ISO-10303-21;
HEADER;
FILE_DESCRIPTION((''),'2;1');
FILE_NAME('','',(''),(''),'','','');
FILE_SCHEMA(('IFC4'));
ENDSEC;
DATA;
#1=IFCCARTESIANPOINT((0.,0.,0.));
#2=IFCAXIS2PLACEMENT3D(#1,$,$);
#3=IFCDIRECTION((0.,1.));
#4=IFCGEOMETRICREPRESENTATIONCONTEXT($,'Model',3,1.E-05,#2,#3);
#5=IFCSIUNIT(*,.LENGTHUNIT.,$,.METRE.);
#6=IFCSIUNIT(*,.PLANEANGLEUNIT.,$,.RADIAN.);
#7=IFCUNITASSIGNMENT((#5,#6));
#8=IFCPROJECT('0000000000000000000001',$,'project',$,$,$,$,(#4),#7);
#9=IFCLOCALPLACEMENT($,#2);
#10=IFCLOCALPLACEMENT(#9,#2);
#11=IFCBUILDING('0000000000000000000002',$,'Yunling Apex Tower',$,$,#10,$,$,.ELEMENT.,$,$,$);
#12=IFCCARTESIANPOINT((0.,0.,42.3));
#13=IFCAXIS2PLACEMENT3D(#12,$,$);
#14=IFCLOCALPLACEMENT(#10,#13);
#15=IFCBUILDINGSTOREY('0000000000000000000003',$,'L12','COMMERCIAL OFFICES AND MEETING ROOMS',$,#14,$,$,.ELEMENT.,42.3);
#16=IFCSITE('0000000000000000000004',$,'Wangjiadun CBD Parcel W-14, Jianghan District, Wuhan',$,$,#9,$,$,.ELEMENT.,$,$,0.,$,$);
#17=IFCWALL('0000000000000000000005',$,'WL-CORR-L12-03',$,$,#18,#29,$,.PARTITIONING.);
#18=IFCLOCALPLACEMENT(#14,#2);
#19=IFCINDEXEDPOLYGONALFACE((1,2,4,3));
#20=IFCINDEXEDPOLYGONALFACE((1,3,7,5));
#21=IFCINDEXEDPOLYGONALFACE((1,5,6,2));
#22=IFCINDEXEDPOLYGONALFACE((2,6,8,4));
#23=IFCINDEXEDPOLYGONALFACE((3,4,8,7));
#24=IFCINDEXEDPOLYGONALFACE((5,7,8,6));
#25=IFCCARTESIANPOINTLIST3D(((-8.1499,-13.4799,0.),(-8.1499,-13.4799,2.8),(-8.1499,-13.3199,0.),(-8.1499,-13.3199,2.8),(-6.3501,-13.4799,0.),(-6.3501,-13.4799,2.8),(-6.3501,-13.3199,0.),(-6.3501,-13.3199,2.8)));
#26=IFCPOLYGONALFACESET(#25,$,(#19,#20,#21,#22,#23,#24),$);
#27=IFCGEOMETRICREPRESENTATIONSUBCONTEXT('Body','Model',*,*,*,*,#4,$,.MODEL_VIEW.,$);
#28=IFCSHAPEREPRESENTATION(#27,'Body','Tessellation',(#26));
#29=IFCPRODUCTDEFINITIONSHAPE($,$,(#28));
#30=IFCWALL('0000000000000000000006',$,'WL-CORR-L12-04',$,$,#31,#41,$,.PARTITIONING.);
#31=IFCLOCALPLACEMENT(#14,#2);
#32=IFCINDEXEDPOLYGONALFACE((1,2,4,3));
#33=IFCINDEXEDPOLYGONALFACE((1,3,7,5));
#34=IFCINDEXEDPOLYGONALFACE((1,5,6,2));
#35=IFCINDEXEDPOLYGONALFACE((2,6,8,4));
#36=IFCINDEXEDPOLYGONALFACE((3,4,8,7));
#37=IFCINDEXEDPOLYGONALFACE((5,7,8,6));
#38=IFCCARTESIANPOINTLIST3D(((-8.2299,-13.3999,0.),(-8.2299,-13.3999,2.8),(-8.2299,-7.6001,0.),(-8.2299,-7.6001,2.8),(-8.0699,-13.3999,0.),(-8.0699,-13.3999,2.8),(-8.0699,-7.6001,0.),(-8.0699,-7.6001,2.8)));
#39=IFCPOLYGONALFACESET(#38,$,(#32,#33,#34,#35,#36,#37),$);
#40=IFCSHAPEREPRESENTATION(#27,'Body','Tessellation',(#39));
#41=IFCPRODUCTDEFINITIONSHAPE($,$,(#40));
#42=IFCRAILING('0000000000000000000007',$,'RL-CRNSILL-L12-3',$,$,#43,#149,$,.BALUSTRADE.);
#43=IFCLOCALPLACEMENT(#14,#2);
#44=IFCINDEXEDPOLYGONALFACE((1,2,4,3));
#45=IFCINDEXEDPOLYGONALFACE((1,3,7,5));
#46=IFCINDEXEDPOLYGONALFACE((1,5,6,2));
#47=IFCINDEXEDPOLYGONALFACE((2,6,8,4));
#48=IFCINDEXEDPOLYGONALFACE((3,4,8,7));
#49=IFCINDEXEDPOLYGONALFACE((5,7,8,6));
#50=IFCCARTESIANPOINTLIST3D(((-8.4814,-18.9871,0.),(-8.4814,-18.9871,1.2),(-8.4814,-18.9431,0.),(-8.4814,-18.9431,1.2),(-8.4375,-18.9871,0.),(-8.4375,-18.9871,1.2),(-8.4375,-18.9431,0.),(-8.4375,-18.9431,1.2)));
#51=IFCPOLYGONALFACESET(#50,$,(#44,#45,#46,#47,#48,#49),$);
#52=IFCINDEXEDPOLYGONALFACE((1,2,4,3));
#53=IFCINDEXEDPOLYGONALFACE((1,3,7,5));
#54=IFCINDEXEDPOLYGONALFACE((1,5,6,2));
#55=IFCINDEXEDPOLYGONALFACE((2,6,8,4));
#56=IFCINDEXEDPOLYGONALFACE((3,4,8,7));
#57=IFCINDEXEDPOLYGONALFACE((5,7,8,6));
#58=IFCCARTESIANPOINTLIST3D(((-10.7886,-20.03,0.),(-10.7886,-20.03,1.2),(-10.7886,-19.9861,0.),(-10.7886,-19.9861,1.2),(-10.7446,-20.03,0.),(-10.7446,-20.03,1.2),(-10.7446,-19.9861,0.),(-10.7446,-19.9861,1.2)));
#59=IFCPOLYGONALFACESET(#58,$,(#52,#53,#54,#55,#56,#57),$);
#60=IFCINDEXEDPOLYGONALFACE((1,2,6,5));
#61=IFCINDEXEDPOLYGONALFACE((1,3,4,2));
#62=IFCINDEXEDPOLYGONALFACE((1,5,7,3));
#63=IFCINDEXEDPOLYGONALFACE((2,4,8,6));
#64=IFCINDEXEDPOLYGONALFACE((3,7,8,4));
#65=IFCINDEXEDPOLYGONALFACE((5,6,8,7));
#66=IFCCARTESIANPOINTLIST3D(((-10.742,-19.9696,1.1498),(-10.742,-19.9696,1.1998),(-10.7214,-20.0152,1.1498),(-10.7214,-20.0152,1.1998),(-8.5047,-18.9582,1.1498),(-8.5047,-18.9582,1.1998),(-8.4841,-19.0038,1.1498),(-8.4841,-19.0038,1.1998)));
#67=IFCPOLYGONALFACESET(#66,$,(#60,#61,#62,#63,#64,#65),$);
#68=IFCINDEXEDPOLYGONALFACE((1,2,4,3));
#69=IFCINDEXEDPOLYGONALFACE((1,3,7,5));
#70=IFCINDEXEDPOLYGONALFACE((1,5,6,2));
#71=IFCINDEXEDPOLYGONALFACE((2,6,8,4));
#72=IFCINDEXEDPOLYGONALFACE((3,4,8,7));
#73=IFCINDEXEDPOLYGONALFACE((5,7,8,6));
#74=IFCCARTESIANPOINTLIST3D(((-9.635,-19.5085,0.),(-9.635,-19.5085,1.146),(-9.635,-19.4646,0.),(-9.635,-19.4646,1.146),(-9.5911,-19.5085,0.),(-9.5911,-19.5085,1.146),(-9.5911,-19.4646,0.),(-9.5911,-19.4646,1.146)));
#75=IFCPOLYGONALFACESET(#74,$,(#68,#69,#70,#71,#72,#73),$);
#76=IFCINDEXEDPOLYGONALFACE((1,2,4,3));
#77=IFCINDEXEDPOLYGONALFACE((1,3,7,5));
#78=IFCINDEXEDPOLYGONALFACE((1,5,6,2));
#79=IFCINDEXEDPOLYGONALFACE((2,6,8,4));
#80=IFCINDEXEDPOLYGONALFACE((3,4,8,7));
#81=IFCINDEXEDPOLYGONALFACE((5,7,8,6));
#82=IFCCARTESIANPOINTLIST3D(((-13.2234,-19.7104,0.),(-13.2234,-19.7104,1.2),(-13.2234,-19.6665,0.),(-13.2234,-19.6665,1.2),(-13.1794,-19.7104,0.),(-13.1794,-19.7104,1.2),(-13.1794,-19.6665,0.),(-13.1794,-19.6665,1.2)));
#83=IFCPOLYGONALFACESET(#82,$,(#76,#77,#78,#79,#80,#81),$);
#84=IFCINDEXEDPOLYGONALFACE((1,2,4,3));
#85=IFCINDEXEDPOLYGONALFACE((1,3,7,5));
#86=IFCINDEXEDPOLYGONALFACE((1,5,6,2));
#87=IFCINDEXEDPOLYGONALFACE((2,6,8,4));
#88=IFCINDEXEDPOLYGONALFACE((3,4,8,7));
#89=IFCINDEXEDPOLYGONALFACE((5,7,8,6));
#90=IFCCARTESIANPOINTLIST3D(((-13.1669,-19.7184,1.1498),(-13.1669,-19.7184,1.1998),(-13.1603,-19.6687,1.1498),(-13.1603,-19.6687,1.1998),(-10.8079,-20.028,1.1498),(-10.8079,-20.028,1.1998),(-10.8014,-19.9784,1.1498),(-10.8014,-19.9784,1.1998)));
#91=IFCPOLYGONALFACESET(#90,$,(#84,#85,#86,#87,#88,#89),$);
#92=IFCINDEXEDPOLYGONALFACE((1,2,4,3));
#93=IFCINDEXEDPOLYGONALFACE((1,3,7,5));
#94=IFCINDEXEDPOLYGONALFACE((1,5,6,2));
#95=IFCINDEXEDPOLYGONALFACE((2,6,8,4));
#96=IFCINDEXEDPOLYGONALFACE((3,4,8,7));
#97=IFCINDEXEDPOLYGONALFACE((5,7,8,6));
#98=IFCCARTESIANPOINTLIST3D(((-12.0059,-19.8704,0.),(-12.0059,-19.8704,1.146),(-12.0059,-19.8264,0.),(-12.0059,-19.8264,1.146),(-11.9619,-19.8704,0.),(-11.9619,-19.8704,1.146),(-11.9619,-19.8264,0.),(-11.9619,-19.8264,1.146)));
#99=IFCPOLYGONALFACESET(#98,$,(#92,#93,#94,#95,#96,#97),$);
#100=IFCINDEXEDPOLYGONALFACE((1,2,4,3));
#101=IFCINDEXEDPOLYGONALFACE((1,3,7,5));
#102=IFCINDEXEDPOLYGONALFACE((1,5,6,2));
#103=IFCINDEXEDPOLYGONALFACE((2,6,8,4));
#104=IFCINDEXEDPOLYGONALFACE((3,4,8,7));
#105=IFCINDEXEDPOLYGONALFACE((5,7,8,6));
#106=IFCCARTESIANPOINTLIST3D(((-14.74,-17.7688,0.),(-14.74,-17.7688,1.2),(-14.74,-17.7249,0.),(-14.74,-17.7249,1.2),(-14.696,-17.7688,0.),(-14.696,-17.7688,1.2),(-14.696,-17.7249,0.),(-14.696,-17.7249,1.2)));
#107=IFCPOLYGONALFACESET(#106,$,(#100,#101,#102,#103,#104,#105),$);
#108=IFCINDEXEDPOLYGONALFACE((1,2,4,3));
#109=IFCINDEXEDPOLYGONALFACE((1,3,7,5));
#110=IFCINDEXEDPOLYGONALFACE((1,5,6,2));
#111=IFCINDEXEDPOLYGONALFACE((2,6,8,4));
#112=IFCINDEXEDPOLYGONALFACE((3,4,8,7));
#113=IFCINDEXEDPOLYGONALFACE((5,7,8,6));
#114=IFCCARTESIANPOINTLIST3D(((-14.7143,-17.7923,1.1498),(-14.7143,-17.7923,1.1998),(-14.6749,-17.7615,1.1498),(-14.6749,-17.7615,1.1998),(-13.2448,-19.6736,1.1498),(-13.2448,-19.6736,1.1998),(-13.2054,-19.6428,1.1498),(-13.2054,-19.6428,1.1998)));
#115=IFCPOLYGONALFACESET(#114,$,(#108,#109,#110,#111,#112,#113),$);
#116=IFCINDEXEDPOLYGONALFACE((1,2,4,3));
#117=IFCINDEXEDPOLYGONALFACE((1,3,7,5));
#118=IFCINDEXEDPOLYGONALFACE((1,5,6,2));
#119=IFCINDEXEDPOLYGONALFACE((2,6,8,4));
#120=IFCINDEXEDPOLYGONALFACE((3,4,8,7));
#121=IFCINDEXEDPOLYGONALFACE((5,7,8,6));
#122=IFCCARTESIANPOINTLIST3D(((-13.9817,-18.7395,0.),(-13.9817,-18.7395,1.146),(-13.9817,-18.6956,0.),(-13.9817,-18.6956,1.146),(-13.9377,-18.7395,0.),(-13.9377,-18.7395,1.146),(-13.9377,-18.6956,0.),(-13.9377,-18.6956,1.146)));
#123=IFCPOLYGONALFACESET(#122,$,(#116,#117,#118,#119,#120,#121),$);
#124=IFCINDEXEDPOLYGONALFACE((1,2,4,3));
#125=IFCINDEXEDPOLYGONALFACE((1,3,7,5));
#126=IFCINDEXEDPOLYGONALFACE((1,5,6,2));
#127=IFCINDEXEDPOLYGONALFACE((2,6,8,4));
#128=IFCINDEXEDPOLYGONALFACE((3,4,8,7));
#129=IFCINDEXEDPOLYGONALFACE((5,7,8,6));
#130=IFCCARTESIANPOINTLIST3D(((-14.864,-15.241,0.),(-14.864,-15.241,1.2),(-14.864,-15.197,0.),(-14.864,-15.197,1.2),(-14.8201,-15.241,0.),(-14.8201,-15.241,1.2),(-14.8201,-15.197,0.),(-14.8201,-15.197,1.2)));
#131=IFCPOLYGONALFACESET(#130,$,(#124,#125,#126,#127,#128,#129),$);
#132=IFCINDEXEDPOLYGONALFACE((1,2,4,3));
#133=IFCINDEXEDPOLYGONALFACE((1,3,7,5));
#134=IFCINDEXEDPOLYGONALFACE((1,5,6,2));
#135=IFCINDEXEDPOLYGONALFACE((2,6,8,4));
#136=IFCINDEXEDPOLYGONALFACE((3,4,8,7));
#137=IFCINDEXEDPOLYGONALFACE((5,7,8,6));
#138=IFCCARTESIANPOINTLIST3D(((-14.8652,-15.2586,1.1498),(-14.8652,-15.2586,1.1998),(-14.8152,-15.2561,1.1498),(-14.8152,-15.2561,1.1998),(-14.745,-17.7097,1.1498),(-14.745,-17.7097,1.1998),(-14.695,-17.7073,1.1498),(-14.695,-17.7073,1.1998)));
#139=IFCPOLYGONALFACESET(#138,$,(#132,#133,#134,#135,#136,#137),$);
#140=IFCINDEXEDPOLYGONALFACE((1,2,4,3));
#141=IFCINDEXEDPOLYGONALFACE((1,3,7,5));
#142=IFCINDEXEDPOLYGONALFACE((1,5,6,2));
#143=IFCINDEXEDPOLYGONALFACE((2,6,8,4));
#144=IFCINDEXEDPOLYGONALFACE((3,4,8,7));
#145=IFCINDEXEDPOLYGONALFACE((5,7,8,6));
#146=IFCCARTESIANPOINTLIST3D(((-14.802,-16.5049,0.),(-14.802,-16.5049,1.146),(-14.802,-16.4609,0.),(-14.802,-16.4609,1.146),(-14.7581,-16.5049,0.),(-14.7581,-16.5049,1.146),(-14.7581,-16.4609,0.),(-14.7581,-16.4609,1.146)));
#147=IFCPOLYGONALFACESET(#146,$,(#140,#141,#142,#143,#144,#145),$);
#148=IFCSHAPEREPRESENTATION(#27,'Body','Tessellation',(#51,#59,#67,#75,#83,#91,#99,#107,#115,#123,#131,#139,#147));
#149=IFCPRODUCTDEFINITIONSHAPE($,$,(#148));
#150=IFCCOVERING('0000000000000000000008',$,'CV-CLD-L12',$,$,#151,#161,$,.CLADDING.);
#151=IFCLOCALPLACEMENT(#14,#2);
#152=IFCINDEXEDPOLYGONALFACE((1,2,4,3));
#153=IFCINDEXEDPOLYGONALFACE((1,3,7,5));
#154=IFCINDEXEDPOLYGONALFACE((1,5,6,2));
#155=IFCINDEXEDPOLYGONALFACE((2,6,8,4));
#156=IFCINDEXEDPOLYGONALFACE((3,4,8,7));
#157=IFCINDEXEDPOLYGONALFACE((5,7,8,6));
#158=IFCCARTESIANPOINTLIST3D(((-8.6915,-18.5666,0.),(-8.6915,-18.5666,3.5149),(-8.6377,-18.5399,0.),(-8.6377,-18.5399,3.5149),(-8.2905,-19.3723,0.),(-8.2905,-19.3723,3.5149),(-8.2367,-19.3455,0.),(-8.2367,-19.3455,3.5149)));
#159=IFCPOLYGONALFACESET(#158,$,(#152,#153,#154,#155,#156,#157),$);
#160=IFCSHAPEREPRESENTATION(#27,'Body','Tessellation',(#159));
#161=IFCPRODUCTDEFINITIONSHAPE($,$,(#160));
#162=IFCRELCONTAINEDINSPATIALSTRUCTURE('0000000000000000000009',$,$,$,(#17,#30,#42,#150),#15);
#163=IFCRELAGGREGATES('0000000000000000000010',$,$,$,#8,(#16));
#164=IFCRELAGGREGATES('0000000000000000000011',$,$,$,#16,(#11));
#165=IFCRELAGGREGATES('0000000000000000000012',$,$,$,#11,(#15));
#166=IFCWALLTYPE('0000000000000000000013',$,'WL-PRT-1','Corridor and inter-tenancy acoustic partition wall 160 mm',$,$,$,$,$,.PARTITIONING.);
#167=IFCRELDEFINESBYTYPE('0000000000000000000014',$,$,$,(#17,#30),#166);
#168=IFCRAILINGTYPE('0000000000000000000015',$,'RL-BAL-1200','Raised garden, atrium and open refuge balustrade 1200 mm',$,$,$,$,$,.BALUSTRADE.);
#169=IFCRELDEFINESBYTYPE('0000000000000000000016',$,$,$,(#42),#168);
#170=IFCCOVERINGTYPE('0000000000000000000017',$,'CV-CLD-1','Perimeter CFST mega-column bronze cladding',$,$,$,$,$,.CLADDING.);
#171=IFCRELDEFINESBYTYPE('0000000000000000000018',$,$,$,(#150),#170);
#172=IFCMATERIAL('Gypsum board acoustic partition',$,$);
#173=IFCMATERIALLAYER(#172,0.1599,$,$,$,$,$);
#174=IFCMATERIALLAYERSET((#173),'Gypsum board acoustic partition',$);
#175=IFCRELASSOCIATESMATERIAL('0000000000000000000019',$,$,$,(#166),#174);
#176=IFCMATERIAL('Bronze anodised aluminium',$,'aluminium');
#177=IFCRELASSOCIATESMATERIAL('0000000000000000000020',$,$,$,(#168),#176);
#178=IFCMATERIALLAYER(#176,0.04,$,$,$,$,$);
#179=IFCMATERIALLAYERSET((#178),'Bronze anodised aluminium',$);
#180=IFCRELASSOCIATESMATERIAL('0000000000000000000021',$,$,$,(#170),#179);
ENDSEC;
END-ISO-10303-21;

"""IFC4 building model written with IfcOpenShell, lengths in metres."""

from ifc_helpers import new_model, si_unit, direction, frame, frame_2d, origin, origin_2d, place, context, subcontext, project, spatial, rectangle, extrude, source, transform, mapped, material, layer, layer_set, type_object, element, save


model = new_model("IFC4")

# Units and contexts
model_context = context("Model", 3, precision=1e-05, world=origin(), true_north=direction((0.0, 1.0)))
body_context = subcontext(model_context, "Body", "Model", "MODEL_VIEW")
ifc_project = project(units=[si_unit("LENGTHUNIT", "METRE"), si_unit("PLANEANGLEUNIT", "RADIAN")], contexts=[model_context])

# Site, building, storey
site_placement = place(None, origin())
site = spatial("IfcSite", under=ifc_project, at=site_placement, Name="Wangjiadun CBD Parcel W-14, Jianghan District, Wuhan", CompositionType="ELEMENT", RefElevation=0.0)
building_placement = place(site_placement, origin())
building = spatial("IfcBuilding", under=site, at=building_placement, Name="Yunling Apex Tower", CompositionType="ELEMENT")
storey_placement = place(building_placement, frame((0.0, 0.0, 42.3)))
storey = spatial("IfcBuildingStorey", under=building, at=storey_placement, Name="L12", Description="COMMERCIAL OFFICES AND MEETING ROOMS", CompositionType="ELEMENT", Elevation=42.3)

# Shared definitions
ifc_material_1 = material(Name="Bronze anodised aluminium", Category="aluminium")

# Walls
ifc_material_2 = material(Name="Gypsum board acoustic partition")
ifc_layer_1 = layer(ifc_material_2, 0.1599)
ifc_layer_set_1 = layer_set([ifc_layer_1], Name="Gypsum board acoustic partition")
wall_type = type_object("IfcWallType", Name="WL-PRT-1", Description="Corridor and inter-tenancy acoustic partition wall 160 mm", PredefinedType="PARTITIONING", material=ifc_layer_set_1)
wall_1_placement = place(storey_placement, frame((-6.3501, -13.3999, 0.0), z_axis=(0.0, 0.0, 1.0), x_axis=(-1.0, 0.0, 0.0)))
element("IfcWall", 1, at=wall_1_placement, inside=storey, type_object=wall_type, Name="WL-CORR-L12-03", PredefinedType="PARTITIONING", context=body_context, shape_type="SweptSolid", body=[
    extrude(rectangle(XDim=1.7998, YDim=0.1599, at=frame_2d((0.8999, 0.0))), origin(), (0.0, 0.0, 1.0), 2.8),
])
wall_2_placement = place(storey_placement, frame((-8.1499, -13.3999, 0.0), z_axis=(0.0, 0.0, 1.0), x_axis=(0.0, 1.0, 0.0)))
element("IfcWall", 2, at=wall_2_placement, inside=storey, type_object=wall_type, Name="WL-CORR-L12-04", PredefinedType="PARTITIONING", context=body_context, shape_type="SweptSolid", body=[
    extrude(rectangle(XDim=5.7998, YDim=0.1599, at=frame_2d((2.8999, 0.0))), origin(), (0.0, 0.0, 1.0), 2.8),
])

# Railing
railing_type = type_object("IfcRailingType", Name="RL-BAL-1200", Description="Raised garden, atrium and open refuge balustrade 1200 mm", PredefinedType="BALUSTRADE", material=ifc_material_1)
railing_placement = place(storey_placement, frame((-8.4595, -18.9651, 0.0)))
element("IfcRailing", 3, at=railing_placement, inside=storey, type_object=railing_type, Name="RL-CRNSILL-L12-3", PredefinedType="BALUSTRADE", context=body_context, shape_type="SweptSolid", body=[
    extrude(rectangle(XDim=0.0439, YDim=0.0439, at=origin_2d()), origin(), (0.0, 0.0, 1.0), 1.2),
    extrude(rectangle(XDim=0.0439, YDim=0.0439, at=origin_2d()), frame((-2.3071, -1.043, 0.0)), (0.0, 0.0, 1.0), 1.2),
    extrude(rectangle(XDim=0.05, YDim=0.05, at=origin_2d()), frame((-0.0349, -0.0159, 1.1748), z_axis=(-0.911217, -0.411928, 0.0), x_axis=(0.411928, -0.911217, 0.0)), (0.0, 0.0, 1.0), 2.4553),
    extrude(rectangle(XDim=0.0439, YDim=0.0439, at=origin_2d()), frame((-1.1536, -0.5215, 0.0)), (0.0, 0.0, 1.0), 1.146),
    extrude(rectangle(XDim=0.0439, YDim=0.0439, at=origin_2d()), frame((-4.7419, -0.7234, 0.0)), (0.0, 0.0, 1.0), 1.2),
    extrude(rectangle(XDim=0.05, YDim=0.05, at=origin_2d()), frame((-2.3452, -1.0381, 1.1748), z_axis=(-0.991496, 0.130138, 0.0), x_axis=(-0.130138, -0.991496, 0.0)), (0.0, 0.0, 1.0), 2.3792),
    extrude(rectangle(XDim=0.0439, YDim=0.0439, at=origin_2d()), frame((-3.5244, -0.8833, 0.0)), (0.0, 0.0, 1.0), 1.146),
    extrude(rectangle(XDim=0.0439, YDim=0.0439, at=origin_2d()), frame((-6.2585, 1.2183, 0.0)), (0.0, 0.0, 1.0), 1.2),
    extrude(rectangle(XDim=0.05, YDim=0.05, at=origin_2d()), frame((-4.7656, -0.6931, 1.1748), z_axis=(-0.615565, 0.788086, 0.0), x_axis=(-0.788086, -0.615565, 0.0)), (0.0, 0.0, 1.0), 2.3872),
    extrude(rectangle(XDim=0.0439, YDim=0.0439, at=origin_2d()), frame((-5.5002, 0.2476, 0.0)), (0.0, 0.0, 1.0), 1.146),
    extrude(rectangle(XDim=0.0439, YDim=0.0439, at=origin_2d()), frame((-6.3826, 3.7461, 0.0)), (0.0, 0.0, 1.0), 1.2),
    extrude(rectangle(XDim=0.05, YDim=0.05, at=origin_2d()), frame((-6.2605, 1.2566, 1.1748), z_axis=(-0.049004, 0.998799, 0.0), x_axis=(-0.998799, -0.049004, 0.0)), (0.0, 0.0, 1.0), 2.4541),
    extrude(rectangle(XDim=0.0439, YDim=0.0439, at=origin_2d()), frame((-6.3206, 2.4822, 0.0)), (0.0, 0.0, 1.0), 1.146),
])

# Covering
ifc_layer_2 = layer(ifc_material_1, 0.04)
ifc_layer_set_2 = layer_set([ifc_layer_2], Name="Bronze anodised aluminium")
covering_type = type_object("IfcCoveringType", Name="CV-CLD-1", Description="Perimeter CFST mega-column bronze cladding", PredefinedType="CLADDING", material=ifc_layer_set_2)
shared_shape_1 = source(origin(), body_context, "Body", "SweptSolid", [
    extrude(rectangle(XDim=0.0601, YDim=0.8999, at=origin_2d()), origin(), (0.0, 0.0, 1.0), 3.5149),
])
covering_placement = place(storey_placement, frame((-8.4641, -18.9561, 0.0), z_axis=(0.0, 0.0, 1.0), x_axis=(0.895246, 0.445573, 0.0)))
element("IfcCovering", 4, at=covering_placement, inside=storey, type_object=covering_type, Name="CV-CLD-L12", PredefinedType="CLADDING", context=body_context, shape_type="MappedRepresentation", body=[
    mapped(shared_shape_1, transform((0.0, 0.0, 0.0), scale=1.0)),
])

save(model, "model.ifc")
